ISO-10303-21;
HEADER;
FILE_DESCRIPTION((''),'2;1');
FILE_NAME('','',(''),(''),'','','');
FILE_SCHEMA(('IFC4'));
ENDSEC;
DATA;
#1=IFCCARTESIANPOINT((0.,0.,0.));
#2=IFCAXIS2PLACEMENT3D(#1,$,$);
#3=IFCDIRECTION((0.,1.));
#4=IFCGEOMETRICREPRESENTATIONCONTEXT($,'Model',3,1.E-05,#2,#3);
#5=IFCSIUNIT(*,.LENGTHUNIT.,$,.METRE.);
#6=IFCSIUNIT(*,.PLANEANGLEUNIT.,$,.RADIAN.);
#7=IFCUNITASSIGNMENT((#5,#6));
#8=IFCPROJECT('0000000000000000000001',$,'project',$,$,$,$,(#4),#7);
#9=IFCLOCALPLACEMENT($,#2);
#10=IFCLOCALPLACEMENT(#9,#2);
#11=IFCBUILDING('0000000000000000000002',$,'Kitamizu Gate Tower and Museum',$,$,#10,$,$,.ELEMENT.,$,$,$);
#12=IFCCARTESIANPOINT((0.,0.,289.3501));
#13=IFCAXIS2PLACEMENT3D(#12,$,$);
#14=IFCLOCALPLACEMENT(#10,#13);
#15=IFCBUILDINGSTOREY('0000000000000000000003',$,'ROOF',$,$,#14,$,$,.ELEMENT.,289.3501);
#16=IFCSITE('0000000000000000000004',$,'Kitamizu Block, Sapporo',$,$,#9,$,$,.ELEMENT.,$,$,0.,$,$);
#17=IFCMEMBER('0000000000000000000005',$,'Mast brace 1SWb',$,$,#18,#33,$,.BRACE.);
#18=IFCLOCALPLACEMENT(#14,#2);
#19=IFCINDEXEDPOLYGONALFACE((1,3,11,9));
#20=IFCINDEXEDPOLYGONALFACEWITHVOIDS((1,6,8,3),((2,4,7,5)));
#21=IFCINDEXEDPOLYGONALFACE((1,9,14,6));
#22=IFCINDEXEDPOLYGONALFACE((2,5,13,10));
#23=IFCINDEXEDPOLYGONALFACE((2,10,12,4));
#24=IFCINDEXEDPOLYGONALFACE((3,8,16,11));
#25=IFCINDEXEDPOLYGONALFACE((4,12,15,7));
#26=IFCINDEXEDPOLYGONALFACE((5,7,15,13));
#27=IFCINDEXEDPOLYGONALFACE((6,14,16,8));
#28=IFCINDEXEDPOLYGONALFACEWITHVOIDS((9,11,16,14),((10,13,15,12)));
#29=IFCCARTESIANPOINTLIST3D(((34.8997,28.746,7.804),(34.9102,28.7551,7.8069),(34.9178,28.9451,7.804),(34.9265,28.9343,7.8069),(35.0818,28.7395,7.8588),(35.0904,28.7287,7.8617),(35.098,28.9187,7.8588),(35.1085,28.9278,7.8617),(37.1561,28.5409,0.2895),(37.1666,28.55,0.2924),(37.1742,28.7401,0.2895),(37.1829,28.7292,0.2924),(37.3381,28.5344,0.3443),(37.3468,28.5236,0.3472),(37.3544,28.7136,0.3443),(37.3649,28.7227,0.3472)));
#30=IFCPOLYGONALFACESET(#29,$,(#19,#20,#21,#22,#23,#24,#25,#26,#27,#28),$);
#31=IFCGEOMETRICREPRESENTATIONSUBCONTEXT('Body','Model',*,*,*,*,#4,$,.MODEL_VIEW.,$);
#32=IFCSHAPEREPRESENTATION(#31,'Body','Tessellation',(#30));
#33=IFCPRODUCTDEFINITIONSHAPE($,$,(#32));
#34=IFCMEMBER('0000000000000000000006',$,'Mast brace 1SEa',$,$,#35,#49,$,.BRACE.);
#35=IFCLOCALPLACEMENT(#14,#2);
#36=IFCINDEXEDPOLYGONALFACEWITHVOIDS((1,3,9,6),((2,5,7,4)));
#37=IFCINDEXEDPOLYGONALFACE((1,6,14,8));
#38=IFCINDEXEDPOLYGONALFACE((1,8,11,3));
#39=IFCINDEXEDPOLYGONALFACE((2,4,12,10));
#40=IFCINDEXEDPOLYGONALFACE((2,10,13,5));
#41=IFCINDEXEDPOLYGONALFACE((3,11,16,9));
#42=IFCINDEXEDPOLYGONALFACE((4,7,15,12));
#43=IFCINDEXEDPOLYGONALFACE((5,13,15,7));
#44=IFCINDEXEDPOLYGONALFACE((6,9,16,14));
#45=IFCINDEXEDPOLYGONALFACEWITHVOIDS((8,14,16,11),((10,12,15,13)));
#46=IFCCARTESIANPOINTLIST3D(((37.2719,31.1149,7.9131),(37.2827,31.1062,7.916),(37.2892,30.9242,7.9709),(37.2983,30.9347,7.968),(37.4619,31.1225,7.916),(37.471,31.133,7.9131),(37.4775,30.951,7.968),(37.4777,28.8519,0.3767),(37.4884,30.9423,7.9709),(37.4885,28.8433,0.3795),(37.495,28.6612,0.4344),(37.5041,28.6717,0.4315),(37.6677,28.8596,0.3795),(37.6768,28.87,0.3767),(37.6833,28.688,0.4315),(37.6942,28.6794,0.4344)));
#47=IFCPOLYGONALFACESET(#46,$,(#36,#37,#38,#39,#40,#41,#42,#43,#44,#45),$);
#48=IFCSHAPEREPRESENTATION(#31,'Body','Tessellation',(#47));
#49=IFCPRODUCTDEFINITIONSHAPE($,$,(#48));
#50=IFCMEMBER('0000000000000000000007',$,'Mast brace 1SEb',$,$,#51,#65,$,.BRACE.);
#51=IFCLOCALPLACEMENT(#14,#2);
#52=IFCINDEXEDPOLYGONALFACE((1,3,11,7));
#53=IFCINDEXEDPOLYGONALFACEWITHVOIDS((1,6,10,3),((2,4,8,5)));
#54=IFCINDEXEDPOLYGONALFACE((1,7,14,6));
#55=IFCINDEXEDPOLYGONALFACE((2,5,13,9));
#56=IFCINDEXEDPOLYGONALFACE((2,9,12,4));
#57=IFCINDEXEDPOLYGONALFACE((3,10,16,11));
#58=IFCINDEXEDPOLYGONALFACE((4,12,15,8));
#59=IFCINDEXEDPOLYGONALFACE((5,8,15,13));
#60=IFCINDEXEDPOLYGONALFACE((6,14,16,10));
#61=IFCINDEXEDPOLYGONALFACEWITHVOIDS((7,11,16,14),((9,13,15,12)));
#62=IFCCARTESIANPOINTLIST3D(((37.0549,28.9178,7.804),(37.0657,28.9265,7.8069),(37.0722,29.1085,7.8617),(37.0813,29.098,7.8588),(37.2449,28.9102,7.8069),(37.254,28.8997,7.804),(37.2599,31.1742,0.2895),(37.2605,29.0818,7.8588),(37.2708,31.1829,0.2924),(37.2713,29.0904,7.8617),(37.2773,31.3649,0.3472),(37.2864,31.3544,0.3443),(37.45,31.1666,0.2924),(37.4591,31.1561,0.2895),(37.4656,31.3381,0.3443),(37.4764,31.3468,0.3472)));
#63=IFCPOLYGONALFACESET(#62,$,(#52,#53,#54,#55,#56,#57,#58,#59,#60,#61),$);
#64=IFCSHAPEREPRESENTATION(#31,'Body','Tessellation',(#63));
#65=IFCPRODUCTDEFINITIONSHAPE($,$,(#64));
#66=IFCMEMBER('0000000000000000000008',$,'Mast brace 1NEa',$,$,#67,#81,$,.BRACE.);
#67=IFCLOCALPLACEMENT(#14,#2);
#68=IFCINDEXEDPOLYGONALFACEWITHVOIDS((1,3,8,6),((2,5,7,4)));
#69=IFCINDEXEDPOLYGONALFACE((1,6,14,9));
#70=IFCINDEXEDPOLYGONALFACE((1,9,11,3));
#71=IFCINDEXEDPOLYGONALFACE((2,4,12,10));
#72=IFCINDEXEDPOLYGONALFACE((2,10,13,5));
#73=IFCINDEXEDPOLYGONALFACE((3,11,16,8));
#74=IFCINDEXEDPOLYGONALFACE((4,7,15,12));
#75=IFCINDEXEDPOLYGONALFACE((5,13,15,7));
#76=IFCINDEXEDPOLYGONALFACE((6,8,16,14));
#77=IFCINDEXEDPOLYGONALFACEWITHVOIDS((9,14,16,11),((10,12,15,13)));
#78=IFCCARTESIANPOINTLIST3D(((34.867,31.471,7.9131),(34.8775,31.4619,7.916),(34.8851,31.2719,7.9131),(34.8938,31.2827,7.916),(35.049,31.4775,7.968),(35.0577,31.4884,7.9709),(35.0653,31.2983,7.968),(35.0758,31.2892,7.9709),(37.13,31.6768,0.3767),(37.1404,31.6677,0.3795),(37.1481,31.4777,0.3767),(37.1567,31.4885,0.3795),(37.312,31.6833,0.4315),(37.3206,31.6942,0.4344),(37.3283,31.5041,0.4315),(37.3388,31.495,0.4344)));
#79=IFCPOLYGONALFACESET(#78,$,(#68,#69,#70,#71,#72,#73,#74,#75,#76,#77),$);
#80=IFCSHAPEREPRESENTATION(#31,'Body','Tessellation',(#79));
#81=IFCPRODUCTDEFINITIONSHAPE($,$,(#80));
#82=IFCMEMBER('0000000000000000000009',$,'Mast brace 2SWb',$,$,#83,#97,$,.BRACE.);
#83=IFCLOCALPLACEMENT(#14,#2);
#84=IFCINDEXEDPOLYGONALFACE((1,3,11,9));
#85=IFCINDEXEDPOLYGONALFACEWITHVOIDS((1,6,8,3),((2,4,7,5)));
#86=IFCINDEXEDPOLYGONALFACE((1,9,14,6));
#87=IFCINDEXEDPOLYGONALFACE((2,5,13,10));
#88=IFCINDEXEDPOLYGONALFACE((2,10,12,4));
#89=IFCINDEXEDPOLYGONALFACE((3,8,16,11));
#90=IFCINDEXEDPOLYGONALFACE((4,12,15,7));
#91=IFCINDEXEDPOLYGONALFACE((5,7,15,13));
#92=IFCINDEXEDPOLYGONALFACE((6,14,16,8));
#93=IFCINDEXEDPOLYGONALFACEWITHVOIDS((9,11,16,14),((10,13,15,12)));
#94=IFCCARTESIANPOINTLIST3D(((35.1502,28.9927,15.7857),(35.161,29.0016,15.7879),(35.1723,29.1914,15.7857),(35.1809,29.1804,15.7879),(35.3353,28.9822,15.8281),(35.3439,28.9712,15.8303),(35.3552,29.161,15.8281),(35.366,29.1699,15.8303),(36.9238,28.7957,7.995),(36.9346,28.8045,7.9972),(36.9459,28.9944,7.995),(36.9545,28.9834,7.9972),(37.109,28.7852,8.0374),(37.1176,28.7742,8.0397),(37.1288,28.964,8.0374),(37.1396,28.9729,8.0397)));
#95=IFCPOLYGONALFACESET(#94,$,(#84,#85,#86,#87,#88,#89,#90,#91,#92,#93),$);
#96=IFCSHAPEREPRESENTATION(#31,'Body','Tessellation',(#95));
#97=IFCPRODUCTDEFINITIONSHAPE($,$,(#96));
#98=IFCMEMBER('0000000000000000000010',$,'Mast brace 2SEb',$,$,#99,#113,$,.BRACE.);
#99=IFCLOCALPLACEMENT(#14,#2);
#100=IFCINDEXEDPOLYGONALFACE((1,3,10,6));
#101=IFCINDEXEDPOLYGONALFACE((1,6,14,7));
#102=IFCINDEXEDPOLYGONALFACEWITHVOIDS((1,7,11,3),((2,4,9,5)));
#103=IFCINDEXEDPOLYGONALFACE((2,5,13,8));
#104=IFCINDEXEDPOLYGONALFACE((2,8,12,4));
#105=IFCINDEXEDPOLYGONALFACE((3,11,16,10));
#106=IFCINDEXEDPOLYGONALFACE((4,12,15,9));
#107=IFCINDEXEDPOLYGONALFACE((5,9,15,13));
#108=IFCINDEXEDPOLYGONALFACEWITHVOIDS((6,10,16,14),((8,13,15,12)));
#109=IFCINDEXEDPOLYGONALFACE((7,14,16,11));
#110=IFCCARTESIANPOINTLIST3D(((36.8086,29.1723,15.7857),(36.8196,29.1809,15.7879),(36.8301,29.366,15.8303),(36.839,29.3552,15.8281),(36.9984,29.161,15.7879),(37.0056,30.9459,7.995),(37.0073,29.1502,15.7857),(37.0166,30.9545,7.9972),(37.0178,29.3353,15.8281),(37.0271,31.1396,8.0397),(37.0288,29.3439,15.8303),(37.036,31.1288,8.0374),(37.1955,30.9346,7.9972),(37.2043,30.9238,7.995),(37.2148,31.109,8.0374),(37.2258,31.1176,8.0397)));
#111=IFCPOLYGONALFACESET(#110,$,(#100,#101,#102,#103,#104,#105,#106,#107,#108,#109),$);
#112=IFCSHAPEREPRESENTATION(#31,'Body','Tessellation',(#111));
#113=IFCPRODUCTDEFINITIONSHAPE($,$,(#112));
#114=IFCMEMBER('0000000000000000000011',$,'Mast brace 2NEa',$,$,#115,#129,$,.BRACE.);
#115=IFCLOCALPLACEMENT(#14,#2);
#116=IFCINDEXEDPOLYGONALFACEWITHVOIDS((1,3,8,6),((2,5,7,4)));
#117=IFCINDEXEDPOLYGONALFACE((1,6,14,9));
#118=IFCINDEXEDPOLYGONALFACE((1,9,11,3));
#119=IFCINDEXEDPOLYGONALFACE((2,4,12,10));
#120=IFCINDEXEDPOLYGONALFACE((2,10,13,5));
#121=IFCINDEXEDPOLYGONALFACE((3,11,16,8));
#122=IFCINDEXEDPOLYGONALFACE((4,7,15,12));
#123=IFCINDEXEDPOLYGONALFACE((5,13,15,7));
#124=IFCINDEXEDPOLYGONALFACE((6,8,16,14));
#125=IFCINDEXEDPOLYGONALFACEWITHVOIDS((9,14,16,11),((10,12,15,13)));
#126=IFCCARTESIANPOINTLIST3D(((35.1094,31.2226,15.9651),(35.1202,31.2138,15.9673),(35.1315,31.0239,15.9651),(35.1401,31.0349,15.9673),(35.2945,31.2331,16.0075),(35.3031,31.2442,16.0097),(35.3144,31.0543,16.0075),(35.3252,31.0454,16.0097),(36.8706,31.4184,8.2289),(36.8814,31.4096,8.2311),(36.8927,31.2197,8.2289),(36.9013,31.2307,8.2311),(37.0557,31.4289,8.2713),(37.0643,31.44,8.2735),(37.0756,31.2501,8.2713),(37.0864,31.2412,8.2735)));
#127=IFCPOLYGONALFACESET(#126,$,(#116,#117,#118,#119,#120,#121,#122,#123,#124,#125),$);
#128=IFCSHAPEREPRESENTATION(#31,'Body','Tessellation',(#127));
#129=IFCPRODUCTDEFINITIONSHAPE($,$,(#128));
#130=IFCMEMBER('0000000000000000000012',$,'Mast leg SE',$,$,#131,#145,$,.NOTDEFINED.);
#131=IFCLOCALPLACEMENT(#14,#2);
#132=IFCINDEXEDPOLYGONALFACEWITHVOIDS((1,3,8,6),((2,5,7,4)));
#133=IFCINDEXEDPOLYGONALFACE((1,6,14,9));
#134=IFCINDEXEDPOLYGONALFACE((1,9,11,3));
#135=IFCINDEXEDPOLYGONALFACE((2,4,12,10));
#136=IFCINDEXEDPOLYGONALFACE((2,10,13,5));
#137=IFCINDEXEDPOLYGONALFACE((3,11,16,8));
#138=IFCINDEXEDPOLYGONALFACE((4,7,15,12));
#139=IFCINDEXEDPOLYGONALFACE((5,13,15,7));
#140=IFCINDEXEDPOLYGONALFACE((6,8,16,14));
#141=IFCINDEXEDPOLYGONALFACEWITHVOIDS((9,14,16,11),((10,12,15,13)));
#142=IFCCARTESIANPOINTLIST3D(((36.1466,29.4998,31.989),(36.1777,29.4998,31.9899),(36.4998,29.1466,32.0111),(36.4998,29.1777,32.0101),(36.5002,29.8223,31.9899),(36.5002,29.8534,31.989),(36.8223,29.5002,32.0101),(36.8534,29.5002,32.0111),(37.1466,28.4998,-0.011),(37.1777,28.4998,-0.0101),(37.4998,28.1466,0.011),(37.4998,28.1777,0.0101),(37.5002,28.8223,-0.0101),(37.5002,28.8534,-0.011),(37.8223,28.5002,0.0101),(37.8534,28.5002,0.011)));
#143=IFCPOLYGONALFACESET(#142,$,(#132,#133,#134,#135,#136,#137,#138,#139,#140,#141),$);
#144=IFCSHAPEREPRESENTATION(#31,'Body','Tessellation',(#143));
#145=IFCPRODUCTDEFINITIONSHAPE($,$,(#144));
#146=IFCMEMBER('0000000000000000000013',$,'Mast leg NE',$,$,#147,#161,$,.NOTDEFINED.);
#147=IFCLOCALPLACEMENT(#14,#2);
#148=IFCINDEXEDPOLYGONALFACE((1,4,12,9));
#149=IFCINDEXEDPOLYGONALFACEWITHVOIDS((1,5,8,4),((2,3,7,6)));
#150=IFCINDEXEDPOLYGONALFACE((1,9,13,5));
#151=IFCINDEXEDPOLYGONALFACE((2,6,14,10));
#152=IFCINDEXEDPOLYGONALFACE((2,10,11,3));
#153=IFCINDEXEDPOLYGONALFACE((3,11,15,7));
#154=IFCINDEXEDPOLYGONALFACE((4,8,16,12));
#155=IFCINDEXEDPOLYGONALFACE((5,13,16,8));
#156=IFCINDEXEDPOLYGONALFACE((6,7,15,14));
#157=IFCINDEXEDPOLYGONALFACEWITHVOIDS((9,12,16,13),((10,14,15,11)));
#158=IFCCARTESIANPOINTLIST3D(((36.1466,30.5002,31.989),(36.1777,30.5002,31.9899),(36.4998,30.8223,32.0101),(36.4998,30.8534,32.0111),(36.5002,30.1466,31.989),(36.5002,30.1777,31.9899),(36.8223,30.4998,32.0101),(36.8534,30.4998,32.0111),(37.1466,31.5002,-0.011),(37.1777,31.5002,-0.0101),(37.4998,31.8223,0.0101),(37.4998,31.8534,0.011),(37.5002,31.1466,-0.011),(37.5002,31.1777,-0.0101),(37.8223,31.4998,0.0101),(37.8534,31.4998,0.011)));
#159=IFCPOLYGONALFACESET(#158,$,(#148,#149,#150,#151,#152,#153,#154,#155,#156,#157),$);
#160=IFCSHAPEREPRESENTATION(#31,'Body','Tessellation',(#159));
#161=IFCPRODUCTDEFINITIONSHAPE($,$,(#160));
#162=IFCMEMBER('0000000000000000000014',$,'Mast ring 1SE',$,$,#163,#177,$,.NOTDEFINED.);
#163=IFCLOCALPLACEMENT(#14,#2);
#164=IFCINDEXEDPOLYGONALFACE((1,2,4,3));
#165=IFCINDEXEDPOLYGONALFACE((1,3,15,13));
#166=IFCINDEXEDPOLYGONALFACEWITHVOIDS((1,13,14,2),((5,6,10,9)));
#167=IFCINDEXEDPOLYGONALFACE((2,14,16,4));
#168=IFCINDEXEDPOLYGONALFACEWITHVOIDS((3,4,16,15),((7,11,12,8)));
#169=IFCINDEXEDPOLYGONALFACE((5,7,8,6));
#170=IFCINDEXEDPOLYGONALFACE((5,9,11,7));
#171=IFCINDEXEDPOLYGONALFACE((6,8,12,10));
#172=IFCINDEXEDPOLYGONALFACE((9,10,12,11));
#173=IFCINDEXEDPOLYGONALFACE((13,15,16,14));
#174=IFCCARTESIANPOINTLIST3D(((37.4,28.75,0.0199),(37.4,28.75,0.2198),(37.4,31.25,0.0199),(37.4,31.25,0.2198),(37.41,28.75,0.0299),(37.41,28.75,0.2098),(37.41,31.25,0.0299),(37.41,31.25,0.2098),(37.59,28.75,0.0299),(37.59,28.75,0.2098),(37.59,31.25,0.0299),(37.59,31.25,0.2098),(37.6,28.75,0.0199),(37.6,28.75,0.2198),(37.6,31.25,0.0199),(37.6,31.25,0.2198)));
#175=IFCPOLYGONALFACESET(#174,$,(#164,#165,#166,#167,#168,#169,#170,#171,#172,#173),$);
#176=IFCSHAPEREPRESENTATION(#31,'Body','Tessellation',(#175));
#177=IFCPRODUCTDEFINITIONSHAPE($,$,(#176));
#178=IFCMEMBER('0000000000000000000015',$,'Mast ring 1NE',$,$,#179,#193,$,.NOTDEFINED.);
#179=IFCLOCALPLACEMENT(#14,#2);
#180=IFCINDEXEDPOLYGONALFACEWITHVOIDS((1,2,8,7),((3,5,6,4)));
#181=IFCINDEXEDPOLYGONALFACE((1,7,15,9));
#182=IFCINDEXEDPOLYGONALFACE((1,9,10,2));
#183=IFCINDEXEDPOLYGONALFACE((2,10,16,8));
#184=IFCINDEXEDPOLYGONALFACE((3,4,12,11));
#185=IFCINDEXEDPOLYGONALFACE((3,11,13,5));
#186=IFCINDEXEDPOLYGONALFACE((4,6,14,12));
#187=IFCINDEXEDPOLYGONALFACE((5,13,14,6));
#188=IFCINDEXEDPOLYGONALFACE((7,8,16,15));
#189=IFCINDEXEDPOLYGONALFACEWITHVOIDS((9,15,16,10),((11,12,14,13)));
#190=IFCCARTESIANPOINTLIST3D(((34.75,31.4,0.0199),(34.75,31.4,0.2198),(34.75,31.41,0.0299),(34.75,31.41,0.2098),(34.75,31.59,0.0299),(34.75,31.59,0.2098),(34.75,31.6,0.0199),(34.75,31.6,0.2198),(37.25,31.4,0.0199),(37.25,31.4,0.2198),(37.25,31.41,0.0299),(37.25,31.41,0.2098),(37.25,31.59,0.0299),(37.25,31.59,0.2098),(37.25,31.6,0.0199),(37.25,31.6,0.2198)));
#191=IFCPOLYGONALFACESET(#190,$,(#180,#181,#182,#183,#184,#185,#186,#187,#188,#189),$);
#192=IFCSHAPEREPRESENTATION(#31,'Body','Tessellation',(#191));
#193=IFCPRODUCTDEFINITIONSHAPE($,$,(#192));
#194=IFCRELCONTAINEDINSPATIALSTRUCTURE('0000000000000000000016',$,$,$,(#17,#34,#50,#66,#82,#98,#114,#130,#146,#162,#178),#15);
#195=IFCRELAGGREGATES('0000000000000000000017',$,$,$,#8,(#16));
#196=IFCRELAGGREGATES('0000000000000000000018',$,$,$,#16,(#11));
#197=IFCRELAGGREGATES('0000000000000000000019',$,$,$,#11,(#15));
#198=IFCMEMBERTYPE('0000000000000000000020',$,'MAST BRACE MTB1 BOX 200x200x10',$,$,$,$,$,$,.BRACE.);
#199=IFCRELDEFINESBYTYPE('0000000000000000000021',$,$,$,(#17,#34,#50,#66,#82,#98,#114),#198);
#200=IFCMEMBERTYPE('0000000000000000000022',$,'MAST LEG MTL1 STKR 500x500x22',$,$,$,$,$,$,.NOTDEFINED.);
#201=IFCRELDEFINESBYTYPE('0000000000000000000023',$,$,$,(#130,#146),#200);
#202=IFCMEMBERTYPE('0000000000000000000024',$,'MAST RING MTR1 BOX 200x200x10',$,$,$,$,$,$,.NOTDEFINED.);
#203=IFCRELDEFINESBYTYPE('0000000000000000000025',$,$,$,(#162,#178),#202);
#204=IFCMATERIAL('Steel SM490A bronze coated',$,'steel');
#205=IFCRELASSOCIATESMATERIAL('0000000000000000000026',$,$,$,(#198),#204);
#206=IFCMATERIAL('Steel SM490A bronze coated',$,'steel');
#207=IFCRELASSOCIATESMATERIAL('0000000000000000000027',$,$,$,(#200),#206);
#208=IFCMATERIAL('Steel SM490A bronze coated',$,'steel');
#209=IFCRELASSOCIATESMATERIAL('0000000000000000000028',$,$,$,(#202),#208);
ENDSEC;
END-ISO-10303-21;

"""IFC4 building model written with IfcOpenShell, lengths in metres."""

from ifc_helpers import new_model, si_unit, direction, frame, origin, origin_2d, place, context, subcontext, project, spatial, hollow_rectangle, extrude, material, material_profile, profile_set, type_object, element, save


model = new_model("IFC4")

# Units and contexts
model_context = context("Model", 3, precision=1e-05, world=origin(), true_north=direction((0.0, 1.0)))
body_context = subcontext(model_context, "Body", "Model", "MODEL_VIEW")
ifc_project = project(units=[si_unit("LENGTHUNIT", "METRE"), si_unit("PLANEANGLEUNIT", "RADIAN")], contexts=[model_context])

# Site, building, storey
site_placement = place(None, origin())
site = spatial("IfcSite", under=ifc_project, at=site_placement, Name="Kitamizu Block, Sapporo", CompositionType="ELEMENT", RefElevation=0.0)
building_placement = place(site_placement, origin())
building = spatial("IfcBuilding", under=site, at=building_placement, Name="Kitamizu Gate Tower and Museum", CompositionType="ELEMENT")
storey_placement = place(building_placement, frame((0.0, 0.0, 289.3501)))
storey = spatial("IfcBuildingStorey", under=building, at=storey_placement, Name="ROOF", CompositionType="ELEMENT", Elevation=289.3501)

# Members
ifc_material_1 = material(Name="Steel SM490A bronze coated", Category="steel")
ifc_material_profile_1 = material_profile(ifc_material_1, hollow_rectangle(XDim=0.2, YDim=0.2, WallThickness=0.01, at=origin_2d()), Name="BOX 200x200x10")
ifc_profile_set_1 = profile_set([ifc_material_profile_1], Name="Steel SM490A bronze coated")
member_type_1 = type_object("IfcMemberType", Name="MAST BRACE MTB1 BOX 200x200x10", PredefinedType="BRACE", material=ifc_profile_set_1)
member_1_placement = place(storey_placement, frame((37.2605, 28.6318, 0.3184), z_axis=(-0.287487, 0.026129, 0.957428), x_axis=(-0.090516, -0.995895, 0.0)))
element("IfcMember", 1, at=member_1_placement, inside=storey, type_object=member_type_1, Name="Mast brace 1SWb", PredefinedType="BRACE", context=body_context, shape_type="SweptSolid", body=[
    extrude(hollow_rectangle(XDim=0.2, YDim=0.2, WallThickness=0.01, at=origin_2d()), origin(), (0.0, 0.0, 1.0), 7.8486),
])
member_2_placement = place(storey_placement, frame((37.5859, 28.7656, 0.4055), z_axis=(-0.026146, 0.287486, 0.957428), x_axis=(-0.99589, -0.090574, 0.0)))
element("IfcMember", 2, at=member_2_placement, inside=storey, type_object=member_type_1, Name="Mast brace 1SEa", PredefinedType="BRACE", context=body_context, shape_type="SweptSolid", body=[
    extrude(hollow_rectangle(XDim=0.2, YDim=0.2, WallThickness=0.01, at=origin_2d()), origin(), (0.0, 0.0, 1.0), 7.8716),
])
member_3_placement = place(storey_placement, frame((37.3682, 31.2605, 0.3184), z_axis=(-0.026129, -0.287487, 0.957428), x_axis=(0.995895, -0.090516, 0.0)))
element("IfcMember", 3, at=member_3_placement, inside=storey, type_object=member_type_1, Name="Mast brace 1SEb", PredefinedType="BRACE", context=body_context, shape_type="SweptSolid", body=[
    extrude(hollow_rectangle(XDim=0.2, YDim=0.2, WallThickness=0.01, at=origin_2d()), origin(), (0.0, 0.0, 1.0), 7.8486),
])
member_4_placement = place(storey_placement, frame((37.2344, 31.5859, 0.4055), z_axis=(-0.287486, -0.026146, 0.957428), x_axis=(0.090574, -0.99589, 0.0)))
element("IfcMember", 4, at=member_4_placement, inside=storey, type_object=member_type_1, Name="Mast brace 1NEa", PredefinedType="BRACE", context=body_context, shape_type="SweptSolid", body=[
    extrude(hollow_rectangle(XDim=0.2, YDim=0.2, WallThickness=0.01, at=origin_2d()), origin(), (0.0, 0.0, 1.0), 7.8716),
])
for number, where, z_axis, x_axis, name in (
    (5, (37.0317, 28.8843, 8.0173), (-0.221917, 0.024651, 0.974754), (-0.110401, -0.993887, 0.0), "Mast brace 2SWb"),
    (6, (37.1157, 31.0317, 8.0173), (-0.024651, -0.221917, 0.974754), (0.993887, -0.110401, 0.0), "Mast brace 2SEb"),
):
    element("IfcMember", number, at=place(storey_placement, frame(where, z_axis=z_axis, x_axis=x_axis)), inside=storey, type_object=member_type_1, Name=name, PredefinedType="BRACE", context=body_context, shape_type="SweptSolid", body=[
        extrude(hollow_rectangle(XDim=0.2, YDim=0.2, WallThickness=0.01, at=origin_2d()), origin(), (0.0, 0.0, 1.0), 7.9924),
    ])
member_5_placement = place(storey_placement, frame((36.9785, 31.3298, 8.2512), z_axis=(-0.221917, -0.024671, 0.974753), x_axis=(0.110492, -0.993877, 0.0)))
element("IfcMember", 7, at=member_5_placement, inside=storey, type_object=member_type_1, Name="Mast brace 2NEa", PredefinedType="BRACE", context=body_context, shape_type="SweptSolid", body=[
    extrude(hollow_rectangle(XDim=0.2, YDim=0.2, WallThickness=0.01, at=origin_2d()), origin(), (0.0, 0.0, 1.0), 7.9365),
])
ifc_material_2 = material(Name="Steel SM490A bronze coated", Category="steel")
ifc_material_profile_2 = material_profile(ifc_material_2, hollow_rectangle(XDim=0.5, YDim=0.5, WallThickness=0.022, at=origin_2d()), Name="STKR-500x500x22")
ifc_profile_set_2 = profile_set([ifc_material_profile_2], Name="Steel SM490A bronze coated")
member_type_2 = type_object("IfcMemberType", Name="MAST LEG MTL1 STKR 500x500x22", PredefinedType="NOTDEFINED", material=ifc_profile_set_2)
for number, where, z_axis, x_axis, name in (
    (8, (37.5, 28.5, 0.0), (-0.03122, 0.03122, 0.999025), (-0.707107, -0.707107, 0.0), "Mast leg SE"),
    (9, (37.5, 31.5, 0.0), (-0.03122, -0.03122, 0.999025), (0.707107, -0.707107, 0.0), "Mast leg NE"),
):
    element("IfcMember", number, at=place(storey_placement, frame(where, z_axis=z_axis, x_axis=x_axis)), inside=storey, type_object=member_type_2, Name=name, PredefinedType="NOTDEFINED", context=body_context, shape_type="SweptSolid", body=[
        extrude(hollow_rectangle(XDim=0.5, YDim=0.5, WallThickness=0.022, at=origin_2d()), origin(), (0.0, 0.0, 1.0), 32.0312),
    ])
ifc_material_3 = material(Name="Steel SM490A bronze coated", Category="steel")
ifc_material_profile_3 = material_profile(ifc_material_3, hollow_rectangle(XDim=0.2, YDim=0.2, WallThickness=0.01, at=origin_2d()), Name="BOX 200x200x10")
ifc_profile_set_3 = profile_set([ifc_material_profile_3], Name="Steel SM490A bronze coated")
member_type_3 = type_object("IfcMemberType", Name="MAST RING MTR1 BOX 200x200x10", PredefinedType="NOTDEFINED", material=ifc_profile_set_3)
for number, where, z_axis, x_axis, name in (
    (10, (37.5, 28.75, 0.1199), (0.0, 1.0, 0.0), (-1.0, 0.0, 0.0), "Mast ring 1SE"),
    (11, (37.25, 31.5, 0.1199), (-1.0, 0.0, 0.0), (0.0, -1.0, 0.0), "Mast ring 1NE"),
):
    element("IfcMember", number, at=place(storey_placement, frame(where, z_axis=z_axis, x_axis=x_axis)), inside=storey, type_object=member_type_3, Name=name, PredefinedType="NOTDEFINED", context=body_context, shape_type="SweptSolid", body=[
        extrude(hollow_rectangle(XDim=0.2, YDim=0.2, WallThickness=0.01, at=origin_2d()), origin(), (0.0, 0.0, 1.0), 2.5),
    ])

save(model, "model.ifc")
